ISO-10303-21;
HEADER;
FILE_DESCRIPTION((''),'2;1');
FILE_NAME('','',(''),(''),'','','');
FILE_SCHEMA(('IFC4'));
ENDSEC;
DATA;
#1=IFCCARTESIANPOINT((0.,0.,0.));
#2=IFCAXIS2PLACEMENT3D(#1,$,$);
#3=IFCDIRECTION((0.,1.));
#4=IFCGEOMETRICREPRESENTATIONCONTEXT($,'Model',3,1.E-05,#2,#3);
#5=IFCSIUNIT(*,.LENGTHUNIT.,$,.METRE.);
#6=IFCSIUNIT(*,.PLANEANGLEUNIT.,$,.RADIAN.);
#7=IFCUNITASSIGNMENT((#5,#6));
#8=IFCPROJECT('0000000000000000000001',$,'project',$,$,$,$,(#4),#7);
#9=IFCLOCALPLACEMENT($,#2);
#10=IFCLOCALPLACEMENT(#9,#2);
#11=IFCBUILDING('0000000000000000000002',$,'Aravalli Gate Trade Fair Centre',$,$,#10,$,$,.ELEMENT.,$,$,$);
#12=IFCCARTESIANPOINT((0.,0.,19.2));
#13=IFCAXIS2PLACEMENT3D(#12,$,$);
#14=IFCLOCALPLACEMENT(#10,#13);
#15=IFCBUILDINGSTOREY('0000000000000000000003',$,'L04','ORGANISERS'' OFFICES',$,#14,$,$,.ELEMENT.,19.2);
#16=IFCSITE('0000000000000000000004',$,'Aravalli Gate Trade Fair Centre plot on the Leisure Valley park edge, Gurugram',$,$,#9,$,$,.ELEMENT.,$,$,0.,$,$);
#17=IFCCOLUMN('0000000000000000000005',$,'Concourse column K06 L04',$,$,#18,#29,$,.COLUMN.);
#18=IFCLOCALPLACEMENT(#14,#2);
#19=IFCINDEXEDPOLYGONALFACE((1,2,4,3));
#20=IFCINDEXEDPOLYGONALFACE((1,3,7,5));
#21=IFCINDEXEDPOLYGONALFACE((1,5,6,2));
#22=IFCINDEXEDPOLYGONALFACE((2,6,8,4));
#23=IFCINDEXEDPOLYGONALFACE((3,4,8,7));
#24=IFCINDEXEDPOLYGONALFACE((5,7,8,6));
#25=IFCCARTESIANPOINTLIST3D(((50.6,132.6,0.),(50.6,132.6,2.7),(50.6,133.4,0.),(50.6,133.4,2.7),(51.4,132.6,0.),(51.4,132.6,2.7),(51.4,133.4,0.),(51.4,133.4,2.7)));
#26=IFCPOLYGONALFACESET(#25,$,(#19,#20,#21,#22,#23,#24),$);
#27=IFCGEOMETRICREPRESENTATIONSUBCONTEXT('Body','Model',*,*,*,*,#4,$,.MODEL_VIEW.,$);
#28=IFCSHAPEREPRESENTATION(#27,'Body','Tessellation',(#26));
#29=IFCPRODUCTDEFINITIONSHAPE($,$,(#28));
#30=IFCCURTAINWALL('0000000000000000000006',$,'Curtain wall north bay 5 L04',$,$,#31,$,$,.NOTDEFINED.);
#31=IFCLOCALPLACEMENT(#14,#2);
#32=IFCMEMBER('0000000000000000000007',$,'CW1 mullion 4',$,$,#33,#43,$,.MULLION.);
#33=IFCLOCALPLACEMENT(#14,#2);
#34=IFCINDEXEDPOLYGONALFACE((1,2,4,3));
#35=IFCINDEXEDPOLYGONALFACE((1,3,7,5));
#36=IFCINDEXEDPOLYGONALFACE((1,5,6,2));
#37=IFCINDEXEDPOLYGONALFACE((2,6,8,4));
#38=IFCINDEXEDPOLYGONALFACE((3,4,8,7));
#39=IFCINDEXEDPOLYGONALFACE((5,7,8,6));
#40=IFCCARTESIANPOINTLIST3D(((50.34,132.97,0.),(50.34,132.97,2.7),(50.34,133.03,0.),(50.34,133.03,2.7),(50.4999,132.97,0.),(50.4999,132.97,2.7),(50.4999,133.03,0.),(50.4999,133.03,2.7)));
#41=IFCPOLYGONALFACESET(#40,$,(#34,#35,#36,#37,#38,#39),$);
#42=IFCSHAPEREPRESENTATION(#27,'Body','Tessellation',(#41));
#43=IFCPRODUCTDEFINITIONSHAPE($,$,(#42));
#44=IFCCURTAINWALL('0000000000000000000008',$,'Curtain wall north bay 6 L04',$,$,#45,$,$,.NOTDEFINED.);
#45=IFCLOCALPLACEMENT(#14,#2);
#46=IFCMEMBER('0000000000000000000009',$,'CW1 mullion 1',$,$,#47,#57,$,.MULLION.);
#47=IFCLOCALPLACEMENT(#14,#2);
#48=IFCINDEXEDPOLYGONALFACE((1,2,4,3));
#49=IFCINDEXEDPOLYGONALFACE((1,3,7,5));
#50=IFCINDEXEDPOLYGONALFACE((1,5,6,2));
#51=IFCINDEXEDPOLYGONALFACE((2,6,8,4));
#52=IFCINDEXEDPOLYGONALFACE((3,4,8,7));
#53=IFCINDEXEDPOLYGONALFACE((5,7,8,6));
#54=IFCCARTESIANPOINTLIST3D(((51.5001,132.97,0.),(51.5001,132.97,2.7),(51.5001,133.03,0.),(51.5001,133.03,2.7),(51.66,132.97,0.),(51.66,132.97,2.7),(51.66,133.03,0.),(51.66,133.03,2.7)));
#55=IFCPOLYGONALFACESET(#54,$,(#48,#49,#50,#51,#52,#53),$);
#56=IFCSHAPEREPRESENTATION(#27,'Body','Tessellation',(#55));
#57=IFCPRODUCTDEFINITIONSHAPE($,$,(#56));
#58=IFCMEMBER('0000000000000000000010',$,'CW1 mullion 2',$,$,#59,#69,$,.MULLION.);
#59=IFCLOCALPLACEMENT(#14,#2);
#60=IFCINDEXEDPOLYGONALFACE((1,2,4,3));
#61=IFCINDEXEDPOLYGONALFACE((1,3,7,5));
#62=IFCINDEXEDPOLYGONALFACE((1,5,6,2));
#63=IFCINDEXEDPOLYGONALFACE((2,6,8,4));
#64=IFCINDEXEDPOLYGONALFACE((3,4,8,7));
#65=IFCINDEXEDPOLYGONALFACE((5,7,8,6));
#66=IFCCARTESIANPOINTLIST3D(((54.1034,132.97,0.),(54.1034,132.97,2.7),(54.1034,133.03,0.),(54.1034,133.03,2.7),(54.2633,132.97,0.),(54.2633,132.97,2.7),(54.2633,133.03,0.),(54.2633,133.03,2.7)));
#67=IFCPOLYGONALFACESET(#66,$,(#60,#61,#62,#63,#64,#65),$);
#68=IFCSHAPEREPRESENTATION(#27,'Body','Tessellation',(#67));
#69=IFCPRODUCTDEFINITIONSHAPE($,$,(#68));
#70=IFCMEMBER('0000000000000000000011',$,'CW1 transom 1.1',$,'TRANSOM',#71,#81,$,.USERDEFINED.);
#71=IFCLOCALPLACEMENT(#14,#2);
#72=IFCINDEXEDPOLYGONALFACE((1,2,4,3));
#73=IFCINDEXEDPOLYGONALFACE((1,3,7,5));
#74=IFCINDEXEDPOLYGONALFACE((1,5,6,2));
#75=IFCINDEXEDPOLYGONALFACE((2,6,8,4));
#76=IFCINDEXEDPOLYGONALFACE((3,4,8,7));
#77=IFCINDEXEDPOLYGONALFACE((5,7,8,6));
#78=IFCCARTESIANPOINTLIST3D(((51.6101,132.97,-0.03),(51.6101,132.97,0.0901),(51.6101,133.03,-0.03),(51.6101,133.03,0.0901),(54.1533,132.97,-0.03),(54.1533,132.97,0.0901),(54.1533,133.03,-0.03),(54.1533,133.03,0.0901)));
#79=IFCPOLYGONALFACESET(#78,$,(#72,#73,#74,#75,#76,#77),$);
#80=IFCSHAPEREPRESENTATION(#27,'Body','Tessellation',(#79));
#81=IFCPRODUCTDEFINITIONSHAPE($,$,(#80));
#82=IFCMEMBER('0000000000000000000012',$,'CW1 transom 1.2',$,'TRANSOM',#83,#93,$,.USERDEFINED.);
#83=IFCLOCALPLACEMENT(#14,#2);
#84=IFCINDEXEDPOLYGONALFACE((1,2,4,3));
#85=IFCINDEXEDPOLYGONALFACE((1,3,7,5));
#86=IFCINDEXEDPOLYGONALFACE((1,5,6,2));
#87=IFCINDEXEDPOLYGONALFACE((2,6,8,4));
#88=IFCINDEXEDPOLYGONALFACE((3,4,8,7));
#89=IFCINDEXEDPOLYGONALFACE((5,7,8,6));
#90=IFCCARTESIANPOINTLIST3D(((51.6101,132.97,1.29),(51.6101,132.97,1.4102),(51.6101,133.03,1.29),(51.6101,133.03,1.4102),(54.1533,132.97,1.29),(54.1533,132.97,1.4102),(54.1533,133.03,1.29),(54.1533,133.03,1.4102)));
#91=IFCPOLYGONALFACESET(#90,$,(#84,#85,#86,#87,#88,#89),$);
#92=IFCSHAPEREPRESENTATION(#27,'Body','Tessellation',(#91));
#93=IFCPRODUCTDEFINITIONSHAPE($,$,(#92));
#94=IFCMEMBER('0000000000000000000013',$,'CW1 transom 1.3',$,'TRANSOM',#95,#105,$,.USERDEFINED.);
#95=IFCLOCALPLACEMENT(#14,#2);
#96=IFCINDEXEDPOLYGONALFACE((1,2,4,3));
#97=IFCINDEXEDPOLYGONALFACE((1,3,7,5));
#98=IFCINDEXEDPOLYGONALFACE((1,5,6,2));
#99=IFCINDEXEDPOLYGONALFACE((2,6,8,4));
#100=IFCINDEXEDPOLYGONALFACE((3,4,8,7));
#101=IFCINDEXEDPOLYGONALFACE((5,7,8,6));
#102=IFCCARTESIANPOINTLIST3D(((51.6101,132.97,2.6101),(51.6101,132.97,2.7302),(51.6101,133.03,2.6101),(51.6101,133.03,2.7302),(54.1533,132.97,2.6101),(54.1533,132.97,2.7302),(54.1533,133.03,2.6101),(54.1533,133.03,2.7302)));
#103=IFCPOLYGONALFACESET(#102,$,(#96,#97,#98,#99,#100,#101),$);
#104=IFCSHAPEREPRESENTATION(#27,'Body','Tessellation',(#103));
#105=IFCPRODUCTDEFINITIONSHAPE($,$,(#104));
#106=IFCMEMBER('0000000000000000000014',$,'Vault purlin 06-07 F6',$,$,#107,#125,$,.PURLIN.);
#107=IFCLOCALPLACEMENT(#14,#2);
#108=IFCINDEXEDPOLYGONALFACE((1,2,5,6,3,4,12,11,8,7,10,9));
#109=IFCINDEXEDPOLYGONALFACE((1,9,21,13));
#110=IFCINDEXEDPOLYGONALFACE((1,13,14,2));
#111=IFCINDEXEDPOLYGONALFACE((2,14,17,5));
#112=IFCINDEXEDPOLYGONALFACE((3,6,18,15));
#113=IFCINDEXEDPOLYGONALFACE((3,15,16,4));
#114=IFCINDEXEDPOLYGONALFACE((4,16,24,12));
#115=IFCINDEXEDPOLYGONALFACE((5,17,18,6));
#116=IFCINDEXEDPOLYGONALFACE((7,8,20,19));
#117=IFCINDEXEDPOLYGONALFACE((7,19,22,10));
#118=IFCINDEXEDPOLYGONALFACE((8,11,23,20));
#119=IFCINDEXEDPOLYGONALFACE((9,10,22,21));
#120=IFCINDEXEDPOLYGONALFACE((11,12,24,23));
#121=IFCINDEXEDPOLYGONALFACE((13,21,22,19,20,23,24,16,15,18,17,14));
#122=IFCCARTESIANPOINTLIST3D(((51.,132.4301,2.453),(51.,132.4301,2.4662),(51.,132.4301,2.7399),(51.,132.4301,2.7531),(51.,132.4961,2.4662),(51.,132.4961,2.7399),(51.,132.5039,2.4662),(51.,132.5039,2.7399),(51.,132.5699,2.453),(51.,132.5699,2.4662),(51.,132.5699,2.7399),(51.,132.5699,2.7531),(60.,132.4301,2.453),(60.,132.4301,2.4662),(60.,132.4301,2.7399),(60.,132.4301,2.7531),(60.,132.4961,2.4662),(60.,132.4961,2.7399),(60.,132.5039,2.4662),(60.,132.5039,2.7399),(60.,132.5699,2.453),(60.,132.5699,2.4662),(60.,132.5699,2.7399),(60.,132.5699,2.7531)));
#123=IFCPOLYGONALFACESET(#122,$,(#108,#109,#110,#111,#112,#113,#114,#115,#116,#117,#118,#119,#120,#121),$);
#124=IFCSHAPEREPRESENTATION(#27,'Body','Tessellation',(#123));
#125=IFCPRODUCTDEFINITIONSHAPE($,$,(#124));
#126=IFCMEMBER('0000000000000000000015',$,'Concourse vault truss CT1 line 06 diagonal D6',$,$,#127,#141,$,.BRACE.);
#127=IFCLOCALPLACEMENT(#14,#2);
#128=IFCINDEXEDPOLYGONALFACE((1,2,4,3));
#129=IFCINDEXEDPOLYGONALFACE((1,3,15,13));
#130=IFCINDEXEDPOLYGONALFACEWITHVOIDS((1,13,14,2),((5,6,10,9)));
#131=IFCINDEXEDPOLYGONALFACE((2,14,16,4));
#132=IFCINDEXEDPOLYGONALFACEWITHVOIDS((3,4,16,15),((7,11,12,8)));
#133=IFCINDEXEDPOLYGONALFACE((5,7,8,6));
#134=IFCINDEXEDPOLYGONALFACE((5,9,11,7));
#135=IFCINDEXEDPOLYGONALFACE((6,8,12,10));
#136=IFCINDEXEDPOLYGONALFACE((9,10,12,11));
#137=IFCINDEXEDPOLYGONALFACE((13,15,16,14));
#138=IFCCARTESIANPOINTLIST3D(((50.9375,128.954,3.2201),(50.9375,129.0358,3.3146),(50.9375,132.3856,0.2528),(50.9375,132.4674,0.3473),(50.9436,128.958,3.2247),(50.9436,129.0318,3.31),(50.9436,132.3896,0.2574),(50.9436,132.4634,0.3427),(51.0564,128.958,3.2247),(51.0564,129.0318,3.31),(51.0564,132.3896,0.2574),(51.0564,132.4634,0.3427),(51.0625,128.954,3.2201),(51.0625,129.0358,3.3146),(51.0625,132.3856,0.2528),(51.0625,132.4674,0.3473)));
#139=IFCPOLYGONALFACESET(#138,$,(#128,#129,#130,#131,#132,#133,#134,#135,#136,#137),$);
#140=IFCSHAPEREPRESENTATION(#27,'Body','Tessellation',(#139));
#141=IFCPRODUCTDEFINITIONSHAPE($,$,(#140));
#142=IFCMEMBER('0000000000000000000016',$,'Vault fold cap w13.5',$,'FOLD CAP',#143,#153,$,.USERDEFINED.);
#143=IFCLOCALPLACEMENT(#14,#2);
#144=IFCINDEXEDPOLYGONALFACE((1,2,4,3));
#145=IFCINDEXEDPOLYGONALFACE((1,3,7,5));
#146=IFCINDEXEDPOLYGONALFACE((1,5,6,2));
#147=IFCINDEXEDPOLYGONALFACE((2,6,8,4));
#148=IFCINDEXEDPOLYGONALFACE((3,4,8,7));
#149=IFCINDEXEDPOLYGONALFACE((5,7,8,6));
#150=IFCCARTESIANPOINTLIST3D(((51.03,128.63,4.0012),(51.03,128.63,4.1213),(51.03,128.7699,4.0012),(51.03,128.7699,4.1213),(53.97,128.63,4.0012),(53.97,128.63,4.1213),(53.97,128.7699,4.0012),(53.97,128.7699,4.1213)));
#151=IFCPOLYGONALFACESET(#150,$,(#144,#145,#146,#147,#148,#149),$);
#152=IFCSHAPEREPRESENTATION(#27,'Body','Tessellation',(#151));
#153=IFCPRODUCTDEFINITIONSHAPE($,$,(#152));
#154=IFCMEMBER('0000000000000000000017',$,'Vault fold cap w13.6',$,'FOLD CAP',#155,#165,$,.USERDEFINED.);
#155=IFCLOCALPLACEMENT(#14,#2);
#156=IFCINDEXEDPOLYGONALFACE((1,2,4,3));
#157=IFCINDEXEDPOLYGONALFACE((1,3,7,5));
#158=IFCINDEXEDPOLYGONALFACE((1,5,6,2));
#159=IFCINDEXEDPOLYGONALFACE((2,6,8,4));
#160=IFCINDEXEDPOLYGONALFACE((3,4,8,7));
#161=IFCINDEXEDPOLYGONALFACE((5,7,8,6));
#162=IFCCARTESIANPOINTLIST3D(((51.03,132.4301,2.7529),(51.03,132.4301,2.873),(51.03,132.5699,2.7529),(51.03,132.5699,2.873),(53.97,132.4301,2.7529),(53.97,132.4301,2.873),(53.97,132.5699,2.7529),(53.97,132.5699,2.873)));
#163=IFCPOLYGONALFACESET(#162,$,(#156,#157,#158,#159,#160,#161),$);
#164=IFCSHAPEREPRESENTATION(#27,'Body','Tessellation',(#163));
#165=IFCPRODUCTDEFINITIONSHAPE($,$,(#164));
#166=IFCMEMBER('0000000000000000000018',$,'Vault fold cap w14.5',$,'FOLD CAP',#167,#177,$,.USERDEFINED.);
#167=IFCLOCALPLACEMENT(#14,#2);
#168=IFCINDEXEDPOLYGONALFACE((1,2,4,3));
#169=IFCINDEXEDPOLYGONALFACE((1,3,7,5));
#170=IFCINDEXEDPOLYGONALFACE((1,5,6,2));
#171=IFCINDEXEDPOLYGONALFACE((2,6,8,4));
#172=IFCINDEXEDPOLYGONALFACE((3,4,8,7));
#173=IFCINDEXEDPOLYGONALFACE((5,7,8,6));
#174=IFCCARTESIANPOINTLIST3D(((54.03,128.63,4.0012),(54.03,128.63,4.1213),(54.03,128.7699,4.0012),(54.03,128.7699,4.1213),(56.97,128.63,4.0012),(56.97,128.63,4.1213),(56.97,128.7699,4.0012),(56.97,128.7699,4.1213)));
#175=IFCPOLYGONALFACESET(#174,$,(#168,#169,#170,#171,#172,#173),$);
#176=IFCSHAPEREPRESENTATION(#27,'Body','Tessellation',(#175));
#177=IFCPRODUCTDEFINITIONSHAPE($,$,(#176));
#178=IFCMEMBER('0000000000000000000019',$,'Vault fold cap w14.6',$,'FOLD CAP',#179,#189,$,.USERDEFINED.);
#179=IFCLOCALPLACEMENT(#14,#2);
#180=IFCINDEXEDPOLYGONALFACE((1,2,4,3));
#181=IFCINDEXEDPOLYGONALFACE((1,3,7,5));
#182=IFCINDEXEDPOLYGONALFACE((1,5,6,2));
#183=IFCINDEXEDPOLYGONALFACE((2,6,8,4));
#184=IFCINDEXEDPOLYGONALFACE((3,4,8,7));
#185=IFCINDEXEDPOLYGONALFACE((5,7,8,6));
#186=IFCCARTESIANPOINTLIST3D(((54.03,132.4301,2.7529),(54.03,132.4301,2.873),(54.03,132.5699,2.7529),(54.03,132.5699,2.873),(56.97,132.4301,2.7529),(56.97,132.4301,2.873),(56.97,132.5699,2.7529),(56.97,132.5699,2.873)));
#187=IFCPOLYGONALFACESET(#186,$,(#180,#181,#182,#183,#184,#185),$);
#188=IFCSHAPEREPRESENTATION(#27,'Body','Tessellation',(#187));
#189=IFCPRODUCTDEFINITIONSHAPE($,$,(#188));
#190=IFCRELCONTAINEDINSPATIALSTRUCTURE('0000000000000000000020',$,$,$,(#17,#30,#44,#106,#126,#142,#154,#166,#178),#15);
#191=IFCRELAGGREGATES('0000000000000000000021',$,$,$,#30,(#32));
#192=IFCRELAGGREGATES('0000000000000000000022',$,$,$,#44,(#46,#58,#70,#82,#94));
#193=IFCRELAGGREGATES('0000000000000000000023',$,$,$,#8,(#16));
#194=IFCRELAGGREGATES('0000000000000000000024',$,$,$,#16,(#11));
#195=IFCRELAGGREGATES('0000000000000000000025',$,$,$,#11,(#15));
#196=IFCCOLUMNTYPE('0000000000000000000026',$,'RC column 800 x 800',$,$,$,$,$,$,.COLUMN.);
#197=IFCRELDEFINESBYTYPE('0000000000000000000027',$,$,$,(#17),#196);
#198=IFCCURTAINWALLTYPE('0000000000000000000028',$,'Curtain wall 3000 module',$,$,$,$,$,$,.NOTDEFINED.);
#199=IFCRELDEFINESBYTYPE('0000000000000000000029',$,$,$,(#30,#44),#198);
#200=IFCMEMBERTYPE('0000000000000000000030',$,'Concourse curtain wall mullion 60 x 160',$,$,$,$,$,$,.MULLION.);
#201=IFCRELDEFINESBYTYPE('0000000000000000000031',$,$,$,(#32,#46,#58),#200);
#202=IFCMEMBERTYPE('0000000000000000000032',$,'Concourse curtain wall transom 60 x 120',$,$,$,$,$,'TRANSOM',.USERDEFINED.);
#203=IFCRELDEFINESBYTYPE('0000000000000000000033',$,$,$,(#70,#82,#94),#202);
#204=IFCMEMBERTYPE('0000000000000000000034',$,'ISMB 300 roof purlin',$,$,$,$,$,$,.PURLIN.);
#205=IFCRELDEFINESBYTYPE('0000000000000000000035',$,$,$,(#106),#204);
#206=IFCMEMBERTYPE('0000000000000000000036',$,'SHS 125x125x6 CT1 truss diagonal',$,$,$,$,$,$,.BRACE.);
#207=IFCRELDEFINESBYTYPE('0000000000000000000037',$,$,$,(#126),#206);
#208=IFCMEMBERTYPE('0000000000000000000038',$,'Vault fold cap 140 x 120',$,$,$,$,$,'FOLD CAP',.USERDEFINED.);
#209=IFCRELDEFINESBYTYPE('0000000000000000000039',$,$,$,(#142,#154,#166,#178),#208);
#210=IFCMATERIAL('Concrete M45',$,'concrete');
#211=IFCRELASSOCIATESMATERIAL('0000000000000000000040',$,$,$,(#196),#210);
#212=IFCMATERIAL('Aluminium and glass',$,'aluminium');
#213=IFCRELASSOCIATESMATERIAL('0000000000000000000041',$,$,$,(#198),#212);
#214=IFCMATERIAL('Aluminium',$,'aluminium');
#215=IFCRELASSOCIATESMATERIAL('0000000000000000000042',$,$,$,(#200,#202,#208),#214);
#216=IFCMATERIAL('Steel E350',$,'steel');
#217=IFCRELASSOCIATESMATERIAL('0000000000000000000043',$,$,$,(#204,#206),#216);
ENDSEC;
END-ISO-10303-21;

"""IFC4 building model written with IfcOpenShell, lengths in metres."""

from ifc_helpers import new_model, si_unit, direction, frame, origin, origin_2d, place, context, subcontext, project, spatial, rectangle, hollow_rectangle, i_section, extrude, material, material_profile, profile_set, type_object, element, aggregate, save


model = new_model("IFC4")

# Units and contexts
model_context = context("Model", 3, precision=1e-05, world=origin(), true_north=direction((0.0, 1.0)))
body_context = subcontext(model_context, "Body", "Model", "MODEL_VIEW")
ifc_project = project(units=[si_unit("LENGTHUNIT", "METRE"), si_unit("PLANEANGLEUNIT", "RADIAN")], contexts=[model_context])

# Site, building, storey
site_placement = place(None, origin())
site = spatial("IfcSite", under=ifc_project, at=site_placement, Name="Aravalli Gate Trade Fair Centre plot on the Leisure Valley park edge, Gurugram", CompositionType="ELEMENT", RefElevation=0.0)
building_placement = place(site_placement, origin())
building = spatial("IfcBuilding", under=site, at=building_placement, Name="Aravalli Gate Trade Fair Centre", CompositionType="ELEMENT")
storey_placement = place(building_placement, frame((0.0, 0.0, 19.2)))
storey = spatial("IfcBuildingStorey", under=building, at=storey_placement, Name="L04", Description="ORGANISERS' OFFICES", CompositionType="ELEMENT", Elevation=19.2)

# Column
ifc_material_1 = material(Name="Concrete M45", Category="concrete")
ifc_material_profile_1 = material_profile(ifc_material_1, rectangle(XDim=0.8, YDim=0.8, at=origin_2d()), Name="RC column 800 x 800")
ifc_profile_set_1 = profile_set([ifc_material_profile_1], Name="Concrete M45")
column_type = type_object("IfcColumnType", Name="RC column 800 x 800", PredefinedType="COLUMN", material=ifc_profile_set_1)
column_placement = place(storey_placement, frame((51.0, 133.0, 0.0), z_axis=(0.0, 0.0, 1.0), x_axis=(1.0, 0.0, 0.0)))
element("IfcColumn", 1, at=column_placement, inside=storey, type_object=column_type, Name="Concourse column K06 L04", PredefinedType="COLUMN", context=body_context, shape_type="SweptSolid", body=[
    extrude(rectangle(XDim=0.8, YDim=0.8, at=origin_2d()), origin(), (0.0, 0.0, 1.0), 2.7),
])

# Curtain wall, member
ifc_material_2 = material(Name="Aluminium and glass", Category="aluminium")
curtain_wall_type_1 = type_object("IfcCurtainWallType", Name="Curtain wall 3000 module", PredefinedType="NOTDEFINED", material=ifc_material_2)
curtain_wall_1_placement = place(storey_placement, origin())
curtain_wall_1 = element("IfcCurtainWall", 2, at=curtain_wall_1_placement, inside=storey, type_object=curtain_wall_type_1, Name="Curtain wall north bay 5 L04", PredefinedType="NOTDEFINED")
ifc_material_3 = material(Name="Aluminium", Category="aluminium")
ifc_material_profile_2 = material_profile(ifc_material_3, rectangle(XDim=0.0601, YDim=0.1599, at=origin_2d()), Name="Concourse curtain wall mullion 60 x 160")
ifc_profile_set_2 = profile_set([ifc_material_profile_2], Name="Aluminium")
member_type_1 = type_object("IfcMemberType", Name="Concourse curtain wall mullion 60 x 160", PredefinedType="MULLION", material=ifc_profile_set_2)
member_1_placement = place(storey_placement, frame((50.4199, 133.0, 0.0), z_axis=(0.0, 0.0, 1.0), x_axis=(0.0, 1.0, 0.0)))
member_1 = element("IfcMember", 3, at=member_1_placement, type_object=member_type_1, Name="CW1 mullion 4", PredefinedType="MULLION", context=body_context, shape_type="SweptSolid", body=[
    extrude(rectangle(XDim=0.0601, YDim=0.1599, at=origin_2d()), origin(), (0.0, 0.0, 1.0), 2.7),
])

# Curtain wall, members
curtain_wall_2_placement = place(storey_placement, origin())
curtain_wall_2 = element("IfcCurtainWall", 4, at=curtain_wall_2_placement, inside=storey, type_object=curtain_wall_type_1, Name="Curtain wall north bay 6 L04", PredefinedType="NOTDEFINED")
member_2_placement = place(storey_placement, frame((51.5801, 133.0, 0.0), z_axis=(0.0, 0.0, 1.0), x_axis=(0.0, 1.0, 0.0)))
member_2 = element("IfcMember", 5, at=member_2_placement, type_object=member_type_1, Name="CW1 mullion 1", PredefinedType="MULLION", context=body_context, shape_type="SweptSolid", body=[
    extrude(rectangle(XDim=0.0601, YDim=0.1599, at=origin_2d()), origin(), (0.0, 0.0, 1.0), 2.7),
])
member_3_placement = place(storey_placement, frame((54.1833, 133.0, 0.0), z_axis=(0.0, 0.0, 1.0), x_axis=(0.0, 1.0, 0.0)))
member_3 = element("IfcMember", 6, at=member_3_placement, type_object=member_type_1, Name="CW1 mullion 2", PredefinedType="MULLION", context=body_context, shape_type="SweptSolid", body=[
    extrude(rectangle(XDim=0.0601, YDim=0.1599, at=origin_2d()), origin(), (0.0, 0.0, 1.0), 2.7),
])
ifc_material_profile_3 = material_profile(ifc_material_3, rectangle(XDim=0.0601, YDim=0.1201, at=origin_2d()), Name="Concourse curtain wall transom 60 x 120")
ifc_profile_set_3 = profile_set([ifc_material_profile_3], Name="Aluminium")
member_type_2 = type_object("IfcMemberType", Name="Concourse curtain wall transom 60 x 120", ElementType="TRANSOM", PredefinedType="USERDEFINED", material=ifc_profile_set_3)
member_4_placement = place(storey_placement, frame((51.6101, 133.0, 0.03), z_axis=(1.0, 0.0, 0.0), x_axis=(0.0, 1.0, 0.0)))
member_4 = element("IfcMember", 7, at=member_4_placement, type_object=member_type_2, Name="CW1 transom 1.1", ObjectType="TRANSOM", PredefinedType="USERDEFINED", context=body_context, shape_type="SweptSolid", body=[
    extrude(rectangle(XDim=0.0601, YDim=0.1201, at=origin_2d()), origin(), (0.0, 0.0, 1.0), 2.5432),
])
member_5_placement = place(storey_placement, frame((51.6101, 133.0, 1.3501), z_axis=(1.0, 0.0, 0.0), x_axis=(0.0, 1.0, 0.0)))
member_5 = element("IfcMember", 8, at=member_5_placement, type_object=member_type_2, Name="CW1 transom 1.2", ObjectType="TRANSOM", PredefinedType="USERDEFINED", context=body_context, shape_type="SweptSolid", body=[
    extrude(rectangle(XDim=0.0601, YDim=0.1201, at=origin_2d()), origin(), (0.0, 0.0, 1.0), 2.5432),
])
member_6_placement = place(storey_placement, frame((51.6101, 133.0, 2.6702), z_axis=(1.0, 0.0, 0.0), x_axis=(0.0, 1.0, 0.0)))
member_6 = element("IfcMember", 9, at=member_6_placement, type_object=member_type_2, Name="CW1 transom 1.3", ObjectType="TRANSOM", PredefinedType="USERDEFINED", context=body_context, shape_type="SweptSolid", body=[
    extrude(rectangle(XDim=0.0601, YDim=0.1201, at=origin_2d()), origin(), (0.0, 0.0, 1.0), 2.5432),
])

# Members
ifc_material_4 = material(Name="Steel E350", Category="steel")
ifc_material_profile_4 = material_profile(ifc_material_4, i_section(OverallWidth=0.1399, OverallDepth=0.3, WebThickness=0.0078, FlangeThickness=0.0132, at=origin_2d()), Name="ISMB 300")
ifc_profile_set_4 = profile_set([ifc_material_profile_4], Name="Steel E350")
member_type_3 = type_object("IfcMemberType", Name="ISMB 300 roof purlin", PredefinedType="PURLIN", material=ifc_profile_set_4)
member_7_placement = place(storey_placement, frame((51.0, 132.5, 2.603), z_axis=(1.0, 0.0, 0.0), x_axis=(0.0, 1.0, 0.0)))
element("IfcMember", 10, at=member_7_placement, inside=storey, type_object=member_type_3, Name="Vault purlin 06-07 F6", PredefinedType="PURLIN", context=body_context, shape_type="SweptSolid", body=[
    extrude(i_section(OverallWidth=0.1399, OverallDepth=0.3, WebThickness=0.0078, FlangeThickness=0.0132, at=origin_2d()), origin(), (0.0, 0.0, 1.0), 9.0),
])
ifc_material_profile_5 = material_profile(ifc_material_4, hollow_rectangle(XDim=0.125, YDim=0.125, WallThickness=0.0061, at=origin_2d()), Name="SHS 125x125x6")
ifc_profile_set_5 = profile_set([ifc_material_profile_5], Name="Steel E350")
member_type_4 = type_object("IfcMemberType", Name="SHS 125x125x6 CT1 truss diagonal", PredefinedType="BRACE", material=ifc_profile_set_5)
member_8_placement = place(storey_placement, frame((51.0, 128.9949, 3.2673), z_axis=(0.0, 0.756431, -0.654074), x_axis=(-1.0, 0.0, 0.0)))
element("IfcMember", 11, at=member_8_placement, inside=storey, type_object=member_type_4, Name="Concourse vault truss CT1 line 06 diagonal D6", PredefinedType="BRACE", context=body_context, shape_type="SweptSolid", body=[
    extrude(hollow_rectangle(XDim=0.125, YDim=0.125, WallThickness=0.0061, at=origin_2d()), origin(), (0.0, 0.0, 1.0), 4.5366),
])
ifc_material_profile_6 = material_profile(ifc_material_3, rectangle(XDim=0.1399, YDim=0.1201, at=origin_2d()), Name="Vault fold cap 140 x 120")
ifc_profile_set_6 = profile_set([ifc_material_profile_6], Name="Aluminium")
member_type_5 = type_object("IfcMemberType", Name="Vault fold cap 140 x 120", ElementType="FOLD CAP", PredefinedType="USERDEFINED", material=ifc_profile_set_6)
for number, where, z_axis, x_axis, name in (
    (12, (51.03, 128.7, 4.0613), (1.0, 0.0, 0.0), (0.0, 1.0, 0.0), "Vault fold cap w13.5"),
    (13, (51.03, 132.5, 2.813), (1.0, 0.0, 0.0), (0.0, 1.0, 0.0), "Vault fold cap w13.6"),
    (14, (54.03, 128.7, 4.0613), (1.0, 0.0, 0.0), (0.0, 1.0, 0.0), "Vault fold cap w14.5"),
    (15, (54.03, 132.5, 2.813), (1.0, 0.0, 0.0), (0.0, 1.0, 0.0), "Vault fold cap w14.6"),
):
    element("IfcMember", number, at=place(storey_placement, frame(where, z_axis=z_axis, x_axis=x_axis)), inside=storey, type_object=member_type_5, Name=name, ObjectType="FOLD CAP", PredefinedType="USERDEFINED", context=body_context, shape_type="SweptSolid", body=[
        extrude(rectangle(XDim=0.1399, YDim=0.1201, at=origin_2d()), origin(), (0.0, 0.0, 1.0), 2.9399),
    ])

aggregate(curtain_wall_1, [member_1])
aggregate(curtain_wall_2, [member_2, member_3, member_4, member_5, member_6])

save(model, "model.ifc")
